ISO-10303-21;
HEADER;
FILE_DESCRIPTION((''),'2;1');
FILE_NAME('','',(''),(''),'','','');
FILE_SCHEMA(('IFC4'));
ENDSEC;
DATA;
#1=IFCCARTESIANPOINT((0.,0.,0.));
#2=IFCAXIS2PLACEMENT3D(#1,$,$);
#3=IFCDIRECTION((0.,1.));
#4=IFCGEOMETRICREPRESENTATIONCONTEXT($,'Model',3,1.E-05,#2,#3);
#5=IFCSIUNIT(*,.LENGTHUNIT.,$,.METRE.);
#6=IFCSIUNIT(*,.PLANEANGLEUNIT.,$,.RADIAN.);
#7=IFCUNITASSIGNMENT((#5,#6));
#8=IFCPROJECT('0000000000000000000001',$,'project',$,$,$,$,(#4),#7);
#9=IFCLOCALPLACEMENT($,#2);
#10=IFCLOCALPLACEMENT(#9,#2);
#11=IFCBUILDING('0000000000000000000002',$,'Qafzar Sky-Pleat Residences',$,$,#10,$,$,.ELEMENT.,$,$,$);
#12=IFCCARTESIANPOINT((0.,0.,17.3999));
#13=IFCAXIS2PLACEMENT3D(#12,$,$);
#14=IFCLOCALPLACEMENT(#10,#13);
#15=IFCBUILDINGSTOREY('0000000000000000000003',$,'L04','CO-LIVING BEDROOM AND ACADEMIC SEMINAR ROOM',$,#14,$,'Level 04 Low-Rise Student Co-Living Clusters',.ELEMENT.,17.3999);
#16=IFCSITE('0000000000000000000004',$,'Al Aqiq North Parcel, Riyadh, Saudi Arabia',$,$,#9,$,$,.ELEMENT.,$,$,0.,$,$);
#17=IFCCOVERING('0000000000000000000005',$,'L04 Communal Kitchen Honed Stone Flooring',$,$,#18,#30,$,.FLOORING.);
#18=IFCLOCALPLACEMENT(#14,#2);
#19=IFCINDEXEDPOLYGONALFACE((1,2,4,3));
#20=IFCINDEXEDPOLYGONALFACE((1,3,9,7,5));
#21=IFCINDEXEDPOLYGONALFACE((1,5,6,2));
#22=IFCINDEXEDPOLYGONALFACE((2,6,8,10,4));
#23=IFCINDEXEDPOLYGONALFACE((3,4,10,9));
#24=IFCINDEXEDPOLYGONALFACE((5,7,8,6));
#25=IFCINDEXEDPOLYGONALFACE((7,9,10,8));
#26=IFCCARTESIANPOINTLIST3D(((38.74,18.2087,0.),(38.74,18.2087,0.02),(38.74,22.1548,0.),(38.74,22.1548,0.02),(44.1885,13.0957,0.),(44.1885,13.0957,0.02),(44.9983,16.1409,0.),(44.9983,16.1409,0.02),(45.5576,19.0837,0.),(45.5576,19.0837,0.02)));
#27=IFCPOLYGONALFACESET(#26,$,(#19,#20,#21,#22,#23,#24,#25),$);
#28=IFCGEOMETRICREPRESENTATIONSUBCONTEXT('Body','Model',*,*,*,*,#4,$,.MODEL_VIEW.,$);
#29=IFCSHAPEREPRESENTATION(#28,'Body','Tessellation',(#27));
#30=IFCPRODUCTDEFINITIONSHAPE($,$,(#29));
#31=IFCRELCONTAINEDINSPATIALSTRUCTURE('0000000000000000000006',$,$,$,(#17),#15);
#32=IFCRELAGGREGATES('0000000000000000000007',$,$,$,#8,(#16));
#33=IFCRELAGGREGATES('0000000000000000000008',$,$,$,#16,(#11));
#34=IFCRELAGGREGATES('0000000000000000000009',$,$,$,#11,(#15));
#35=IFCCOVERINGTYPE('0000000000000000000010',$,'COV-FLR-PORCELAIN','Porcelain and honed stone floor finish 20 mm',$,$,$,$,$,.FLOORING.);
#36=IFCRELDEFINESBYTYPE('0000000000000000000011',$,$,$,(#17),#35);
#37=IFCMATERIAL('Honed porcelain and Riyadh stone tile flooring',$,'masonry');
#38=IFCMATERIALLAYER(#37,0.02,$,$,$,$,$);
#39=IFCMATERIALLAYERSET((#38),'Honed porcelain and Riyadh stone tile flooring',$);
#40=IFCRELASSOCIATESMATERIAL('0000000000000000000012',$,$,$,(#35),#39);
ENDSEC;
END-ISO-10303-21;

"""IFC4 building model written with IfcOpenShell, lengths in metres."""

from ifc_helpers import new_model, si_unit, direction, frame, origin, place, context, subcontext, project, spatial, polyline, outline, extrude, material, layer, layer_set, type_object, element, save


model = new_model("IFC4")

# Units and contexts
model_context = context("Model", 3, precision=1e-05, world=origin(), true_north=direction((0.0, 1.0)))
body_context = subcontext(model_context, "Body", "Model", "MODEL_VIEW")
ifc_project = project(units=[si_unit("LENGTHUNIT", "METRE"), si_unit("PLANEANGLEUNIT", "RADIAN")], contexts=[model_context])

# Site, building, storey
site_placement = place(None, origin())
site = spatial("IfcSite", under=ifc_project, at=site_placement, Name="Al Aqiq North Parcel, Riyadh, Saudi Arabia", CompositionType="ELEMENT", RefElevation=0.0)
building_placement = place(site_placement, origin())
building = spatial("IfcBuilding", under=site, at=building_placement, Name="Qafzar Sky-Pleat Residences", CompositionType="ELEMENT")
storey_placement = place(building_placement, frame((0.0, 0.0, 17.3999)))
storey = spatial("IfcBuildingStorey", under=building, at=storey_placement, Name="L04", Description="CO-LIVING BEDROOM AND ACADEMIC SEMINAR ROOM", LongName="Level 04 Low-Rise Student Co-Living Clusters", CompositionType="ELEMENT", Elevation=17.3999)

# Covering
ifc_material_1 = material(Name="Honed porcelain and Riyadh stone tile flooring", Category="masonry")
ifc_layer_1 = layer(ifc_material_1, 0.02)
ifc_layer_set_1 = layer_set([ifc_layer_1], Name="Honed porcelain and Riyadh stone tile flooring")
covering_type_1 = type_object("IfcCoveringType", Name="COV-FLR-PORCELAIN", Description="Porcelain and honed stone floor finish 20 mm", PredefinedType="FLOORING", material=ifc_layer_set_1)
covering_1_placement = place(storey_placement, origin())
element("IfcCovering", 1, at=covering_1_placement, inside=storey, type_object=covering_type_1, Name="L04 Communal Kitchen Honed Stone Flooring", PredefinedType="FLOORING", context=body_context, shape_type="SweptSolid", body=[
    extrude(outline(polyline([(44.1885, 13.0957), (38.74, 18.2087), (38.74, 22.1548), (45.5576, 19.0837), (44.9983, 16.1409), (44.1885, 13.0957)])), origin(), (0.0, 0.0, 1.0), 0.02),
])

save(model, "model.ifc")
